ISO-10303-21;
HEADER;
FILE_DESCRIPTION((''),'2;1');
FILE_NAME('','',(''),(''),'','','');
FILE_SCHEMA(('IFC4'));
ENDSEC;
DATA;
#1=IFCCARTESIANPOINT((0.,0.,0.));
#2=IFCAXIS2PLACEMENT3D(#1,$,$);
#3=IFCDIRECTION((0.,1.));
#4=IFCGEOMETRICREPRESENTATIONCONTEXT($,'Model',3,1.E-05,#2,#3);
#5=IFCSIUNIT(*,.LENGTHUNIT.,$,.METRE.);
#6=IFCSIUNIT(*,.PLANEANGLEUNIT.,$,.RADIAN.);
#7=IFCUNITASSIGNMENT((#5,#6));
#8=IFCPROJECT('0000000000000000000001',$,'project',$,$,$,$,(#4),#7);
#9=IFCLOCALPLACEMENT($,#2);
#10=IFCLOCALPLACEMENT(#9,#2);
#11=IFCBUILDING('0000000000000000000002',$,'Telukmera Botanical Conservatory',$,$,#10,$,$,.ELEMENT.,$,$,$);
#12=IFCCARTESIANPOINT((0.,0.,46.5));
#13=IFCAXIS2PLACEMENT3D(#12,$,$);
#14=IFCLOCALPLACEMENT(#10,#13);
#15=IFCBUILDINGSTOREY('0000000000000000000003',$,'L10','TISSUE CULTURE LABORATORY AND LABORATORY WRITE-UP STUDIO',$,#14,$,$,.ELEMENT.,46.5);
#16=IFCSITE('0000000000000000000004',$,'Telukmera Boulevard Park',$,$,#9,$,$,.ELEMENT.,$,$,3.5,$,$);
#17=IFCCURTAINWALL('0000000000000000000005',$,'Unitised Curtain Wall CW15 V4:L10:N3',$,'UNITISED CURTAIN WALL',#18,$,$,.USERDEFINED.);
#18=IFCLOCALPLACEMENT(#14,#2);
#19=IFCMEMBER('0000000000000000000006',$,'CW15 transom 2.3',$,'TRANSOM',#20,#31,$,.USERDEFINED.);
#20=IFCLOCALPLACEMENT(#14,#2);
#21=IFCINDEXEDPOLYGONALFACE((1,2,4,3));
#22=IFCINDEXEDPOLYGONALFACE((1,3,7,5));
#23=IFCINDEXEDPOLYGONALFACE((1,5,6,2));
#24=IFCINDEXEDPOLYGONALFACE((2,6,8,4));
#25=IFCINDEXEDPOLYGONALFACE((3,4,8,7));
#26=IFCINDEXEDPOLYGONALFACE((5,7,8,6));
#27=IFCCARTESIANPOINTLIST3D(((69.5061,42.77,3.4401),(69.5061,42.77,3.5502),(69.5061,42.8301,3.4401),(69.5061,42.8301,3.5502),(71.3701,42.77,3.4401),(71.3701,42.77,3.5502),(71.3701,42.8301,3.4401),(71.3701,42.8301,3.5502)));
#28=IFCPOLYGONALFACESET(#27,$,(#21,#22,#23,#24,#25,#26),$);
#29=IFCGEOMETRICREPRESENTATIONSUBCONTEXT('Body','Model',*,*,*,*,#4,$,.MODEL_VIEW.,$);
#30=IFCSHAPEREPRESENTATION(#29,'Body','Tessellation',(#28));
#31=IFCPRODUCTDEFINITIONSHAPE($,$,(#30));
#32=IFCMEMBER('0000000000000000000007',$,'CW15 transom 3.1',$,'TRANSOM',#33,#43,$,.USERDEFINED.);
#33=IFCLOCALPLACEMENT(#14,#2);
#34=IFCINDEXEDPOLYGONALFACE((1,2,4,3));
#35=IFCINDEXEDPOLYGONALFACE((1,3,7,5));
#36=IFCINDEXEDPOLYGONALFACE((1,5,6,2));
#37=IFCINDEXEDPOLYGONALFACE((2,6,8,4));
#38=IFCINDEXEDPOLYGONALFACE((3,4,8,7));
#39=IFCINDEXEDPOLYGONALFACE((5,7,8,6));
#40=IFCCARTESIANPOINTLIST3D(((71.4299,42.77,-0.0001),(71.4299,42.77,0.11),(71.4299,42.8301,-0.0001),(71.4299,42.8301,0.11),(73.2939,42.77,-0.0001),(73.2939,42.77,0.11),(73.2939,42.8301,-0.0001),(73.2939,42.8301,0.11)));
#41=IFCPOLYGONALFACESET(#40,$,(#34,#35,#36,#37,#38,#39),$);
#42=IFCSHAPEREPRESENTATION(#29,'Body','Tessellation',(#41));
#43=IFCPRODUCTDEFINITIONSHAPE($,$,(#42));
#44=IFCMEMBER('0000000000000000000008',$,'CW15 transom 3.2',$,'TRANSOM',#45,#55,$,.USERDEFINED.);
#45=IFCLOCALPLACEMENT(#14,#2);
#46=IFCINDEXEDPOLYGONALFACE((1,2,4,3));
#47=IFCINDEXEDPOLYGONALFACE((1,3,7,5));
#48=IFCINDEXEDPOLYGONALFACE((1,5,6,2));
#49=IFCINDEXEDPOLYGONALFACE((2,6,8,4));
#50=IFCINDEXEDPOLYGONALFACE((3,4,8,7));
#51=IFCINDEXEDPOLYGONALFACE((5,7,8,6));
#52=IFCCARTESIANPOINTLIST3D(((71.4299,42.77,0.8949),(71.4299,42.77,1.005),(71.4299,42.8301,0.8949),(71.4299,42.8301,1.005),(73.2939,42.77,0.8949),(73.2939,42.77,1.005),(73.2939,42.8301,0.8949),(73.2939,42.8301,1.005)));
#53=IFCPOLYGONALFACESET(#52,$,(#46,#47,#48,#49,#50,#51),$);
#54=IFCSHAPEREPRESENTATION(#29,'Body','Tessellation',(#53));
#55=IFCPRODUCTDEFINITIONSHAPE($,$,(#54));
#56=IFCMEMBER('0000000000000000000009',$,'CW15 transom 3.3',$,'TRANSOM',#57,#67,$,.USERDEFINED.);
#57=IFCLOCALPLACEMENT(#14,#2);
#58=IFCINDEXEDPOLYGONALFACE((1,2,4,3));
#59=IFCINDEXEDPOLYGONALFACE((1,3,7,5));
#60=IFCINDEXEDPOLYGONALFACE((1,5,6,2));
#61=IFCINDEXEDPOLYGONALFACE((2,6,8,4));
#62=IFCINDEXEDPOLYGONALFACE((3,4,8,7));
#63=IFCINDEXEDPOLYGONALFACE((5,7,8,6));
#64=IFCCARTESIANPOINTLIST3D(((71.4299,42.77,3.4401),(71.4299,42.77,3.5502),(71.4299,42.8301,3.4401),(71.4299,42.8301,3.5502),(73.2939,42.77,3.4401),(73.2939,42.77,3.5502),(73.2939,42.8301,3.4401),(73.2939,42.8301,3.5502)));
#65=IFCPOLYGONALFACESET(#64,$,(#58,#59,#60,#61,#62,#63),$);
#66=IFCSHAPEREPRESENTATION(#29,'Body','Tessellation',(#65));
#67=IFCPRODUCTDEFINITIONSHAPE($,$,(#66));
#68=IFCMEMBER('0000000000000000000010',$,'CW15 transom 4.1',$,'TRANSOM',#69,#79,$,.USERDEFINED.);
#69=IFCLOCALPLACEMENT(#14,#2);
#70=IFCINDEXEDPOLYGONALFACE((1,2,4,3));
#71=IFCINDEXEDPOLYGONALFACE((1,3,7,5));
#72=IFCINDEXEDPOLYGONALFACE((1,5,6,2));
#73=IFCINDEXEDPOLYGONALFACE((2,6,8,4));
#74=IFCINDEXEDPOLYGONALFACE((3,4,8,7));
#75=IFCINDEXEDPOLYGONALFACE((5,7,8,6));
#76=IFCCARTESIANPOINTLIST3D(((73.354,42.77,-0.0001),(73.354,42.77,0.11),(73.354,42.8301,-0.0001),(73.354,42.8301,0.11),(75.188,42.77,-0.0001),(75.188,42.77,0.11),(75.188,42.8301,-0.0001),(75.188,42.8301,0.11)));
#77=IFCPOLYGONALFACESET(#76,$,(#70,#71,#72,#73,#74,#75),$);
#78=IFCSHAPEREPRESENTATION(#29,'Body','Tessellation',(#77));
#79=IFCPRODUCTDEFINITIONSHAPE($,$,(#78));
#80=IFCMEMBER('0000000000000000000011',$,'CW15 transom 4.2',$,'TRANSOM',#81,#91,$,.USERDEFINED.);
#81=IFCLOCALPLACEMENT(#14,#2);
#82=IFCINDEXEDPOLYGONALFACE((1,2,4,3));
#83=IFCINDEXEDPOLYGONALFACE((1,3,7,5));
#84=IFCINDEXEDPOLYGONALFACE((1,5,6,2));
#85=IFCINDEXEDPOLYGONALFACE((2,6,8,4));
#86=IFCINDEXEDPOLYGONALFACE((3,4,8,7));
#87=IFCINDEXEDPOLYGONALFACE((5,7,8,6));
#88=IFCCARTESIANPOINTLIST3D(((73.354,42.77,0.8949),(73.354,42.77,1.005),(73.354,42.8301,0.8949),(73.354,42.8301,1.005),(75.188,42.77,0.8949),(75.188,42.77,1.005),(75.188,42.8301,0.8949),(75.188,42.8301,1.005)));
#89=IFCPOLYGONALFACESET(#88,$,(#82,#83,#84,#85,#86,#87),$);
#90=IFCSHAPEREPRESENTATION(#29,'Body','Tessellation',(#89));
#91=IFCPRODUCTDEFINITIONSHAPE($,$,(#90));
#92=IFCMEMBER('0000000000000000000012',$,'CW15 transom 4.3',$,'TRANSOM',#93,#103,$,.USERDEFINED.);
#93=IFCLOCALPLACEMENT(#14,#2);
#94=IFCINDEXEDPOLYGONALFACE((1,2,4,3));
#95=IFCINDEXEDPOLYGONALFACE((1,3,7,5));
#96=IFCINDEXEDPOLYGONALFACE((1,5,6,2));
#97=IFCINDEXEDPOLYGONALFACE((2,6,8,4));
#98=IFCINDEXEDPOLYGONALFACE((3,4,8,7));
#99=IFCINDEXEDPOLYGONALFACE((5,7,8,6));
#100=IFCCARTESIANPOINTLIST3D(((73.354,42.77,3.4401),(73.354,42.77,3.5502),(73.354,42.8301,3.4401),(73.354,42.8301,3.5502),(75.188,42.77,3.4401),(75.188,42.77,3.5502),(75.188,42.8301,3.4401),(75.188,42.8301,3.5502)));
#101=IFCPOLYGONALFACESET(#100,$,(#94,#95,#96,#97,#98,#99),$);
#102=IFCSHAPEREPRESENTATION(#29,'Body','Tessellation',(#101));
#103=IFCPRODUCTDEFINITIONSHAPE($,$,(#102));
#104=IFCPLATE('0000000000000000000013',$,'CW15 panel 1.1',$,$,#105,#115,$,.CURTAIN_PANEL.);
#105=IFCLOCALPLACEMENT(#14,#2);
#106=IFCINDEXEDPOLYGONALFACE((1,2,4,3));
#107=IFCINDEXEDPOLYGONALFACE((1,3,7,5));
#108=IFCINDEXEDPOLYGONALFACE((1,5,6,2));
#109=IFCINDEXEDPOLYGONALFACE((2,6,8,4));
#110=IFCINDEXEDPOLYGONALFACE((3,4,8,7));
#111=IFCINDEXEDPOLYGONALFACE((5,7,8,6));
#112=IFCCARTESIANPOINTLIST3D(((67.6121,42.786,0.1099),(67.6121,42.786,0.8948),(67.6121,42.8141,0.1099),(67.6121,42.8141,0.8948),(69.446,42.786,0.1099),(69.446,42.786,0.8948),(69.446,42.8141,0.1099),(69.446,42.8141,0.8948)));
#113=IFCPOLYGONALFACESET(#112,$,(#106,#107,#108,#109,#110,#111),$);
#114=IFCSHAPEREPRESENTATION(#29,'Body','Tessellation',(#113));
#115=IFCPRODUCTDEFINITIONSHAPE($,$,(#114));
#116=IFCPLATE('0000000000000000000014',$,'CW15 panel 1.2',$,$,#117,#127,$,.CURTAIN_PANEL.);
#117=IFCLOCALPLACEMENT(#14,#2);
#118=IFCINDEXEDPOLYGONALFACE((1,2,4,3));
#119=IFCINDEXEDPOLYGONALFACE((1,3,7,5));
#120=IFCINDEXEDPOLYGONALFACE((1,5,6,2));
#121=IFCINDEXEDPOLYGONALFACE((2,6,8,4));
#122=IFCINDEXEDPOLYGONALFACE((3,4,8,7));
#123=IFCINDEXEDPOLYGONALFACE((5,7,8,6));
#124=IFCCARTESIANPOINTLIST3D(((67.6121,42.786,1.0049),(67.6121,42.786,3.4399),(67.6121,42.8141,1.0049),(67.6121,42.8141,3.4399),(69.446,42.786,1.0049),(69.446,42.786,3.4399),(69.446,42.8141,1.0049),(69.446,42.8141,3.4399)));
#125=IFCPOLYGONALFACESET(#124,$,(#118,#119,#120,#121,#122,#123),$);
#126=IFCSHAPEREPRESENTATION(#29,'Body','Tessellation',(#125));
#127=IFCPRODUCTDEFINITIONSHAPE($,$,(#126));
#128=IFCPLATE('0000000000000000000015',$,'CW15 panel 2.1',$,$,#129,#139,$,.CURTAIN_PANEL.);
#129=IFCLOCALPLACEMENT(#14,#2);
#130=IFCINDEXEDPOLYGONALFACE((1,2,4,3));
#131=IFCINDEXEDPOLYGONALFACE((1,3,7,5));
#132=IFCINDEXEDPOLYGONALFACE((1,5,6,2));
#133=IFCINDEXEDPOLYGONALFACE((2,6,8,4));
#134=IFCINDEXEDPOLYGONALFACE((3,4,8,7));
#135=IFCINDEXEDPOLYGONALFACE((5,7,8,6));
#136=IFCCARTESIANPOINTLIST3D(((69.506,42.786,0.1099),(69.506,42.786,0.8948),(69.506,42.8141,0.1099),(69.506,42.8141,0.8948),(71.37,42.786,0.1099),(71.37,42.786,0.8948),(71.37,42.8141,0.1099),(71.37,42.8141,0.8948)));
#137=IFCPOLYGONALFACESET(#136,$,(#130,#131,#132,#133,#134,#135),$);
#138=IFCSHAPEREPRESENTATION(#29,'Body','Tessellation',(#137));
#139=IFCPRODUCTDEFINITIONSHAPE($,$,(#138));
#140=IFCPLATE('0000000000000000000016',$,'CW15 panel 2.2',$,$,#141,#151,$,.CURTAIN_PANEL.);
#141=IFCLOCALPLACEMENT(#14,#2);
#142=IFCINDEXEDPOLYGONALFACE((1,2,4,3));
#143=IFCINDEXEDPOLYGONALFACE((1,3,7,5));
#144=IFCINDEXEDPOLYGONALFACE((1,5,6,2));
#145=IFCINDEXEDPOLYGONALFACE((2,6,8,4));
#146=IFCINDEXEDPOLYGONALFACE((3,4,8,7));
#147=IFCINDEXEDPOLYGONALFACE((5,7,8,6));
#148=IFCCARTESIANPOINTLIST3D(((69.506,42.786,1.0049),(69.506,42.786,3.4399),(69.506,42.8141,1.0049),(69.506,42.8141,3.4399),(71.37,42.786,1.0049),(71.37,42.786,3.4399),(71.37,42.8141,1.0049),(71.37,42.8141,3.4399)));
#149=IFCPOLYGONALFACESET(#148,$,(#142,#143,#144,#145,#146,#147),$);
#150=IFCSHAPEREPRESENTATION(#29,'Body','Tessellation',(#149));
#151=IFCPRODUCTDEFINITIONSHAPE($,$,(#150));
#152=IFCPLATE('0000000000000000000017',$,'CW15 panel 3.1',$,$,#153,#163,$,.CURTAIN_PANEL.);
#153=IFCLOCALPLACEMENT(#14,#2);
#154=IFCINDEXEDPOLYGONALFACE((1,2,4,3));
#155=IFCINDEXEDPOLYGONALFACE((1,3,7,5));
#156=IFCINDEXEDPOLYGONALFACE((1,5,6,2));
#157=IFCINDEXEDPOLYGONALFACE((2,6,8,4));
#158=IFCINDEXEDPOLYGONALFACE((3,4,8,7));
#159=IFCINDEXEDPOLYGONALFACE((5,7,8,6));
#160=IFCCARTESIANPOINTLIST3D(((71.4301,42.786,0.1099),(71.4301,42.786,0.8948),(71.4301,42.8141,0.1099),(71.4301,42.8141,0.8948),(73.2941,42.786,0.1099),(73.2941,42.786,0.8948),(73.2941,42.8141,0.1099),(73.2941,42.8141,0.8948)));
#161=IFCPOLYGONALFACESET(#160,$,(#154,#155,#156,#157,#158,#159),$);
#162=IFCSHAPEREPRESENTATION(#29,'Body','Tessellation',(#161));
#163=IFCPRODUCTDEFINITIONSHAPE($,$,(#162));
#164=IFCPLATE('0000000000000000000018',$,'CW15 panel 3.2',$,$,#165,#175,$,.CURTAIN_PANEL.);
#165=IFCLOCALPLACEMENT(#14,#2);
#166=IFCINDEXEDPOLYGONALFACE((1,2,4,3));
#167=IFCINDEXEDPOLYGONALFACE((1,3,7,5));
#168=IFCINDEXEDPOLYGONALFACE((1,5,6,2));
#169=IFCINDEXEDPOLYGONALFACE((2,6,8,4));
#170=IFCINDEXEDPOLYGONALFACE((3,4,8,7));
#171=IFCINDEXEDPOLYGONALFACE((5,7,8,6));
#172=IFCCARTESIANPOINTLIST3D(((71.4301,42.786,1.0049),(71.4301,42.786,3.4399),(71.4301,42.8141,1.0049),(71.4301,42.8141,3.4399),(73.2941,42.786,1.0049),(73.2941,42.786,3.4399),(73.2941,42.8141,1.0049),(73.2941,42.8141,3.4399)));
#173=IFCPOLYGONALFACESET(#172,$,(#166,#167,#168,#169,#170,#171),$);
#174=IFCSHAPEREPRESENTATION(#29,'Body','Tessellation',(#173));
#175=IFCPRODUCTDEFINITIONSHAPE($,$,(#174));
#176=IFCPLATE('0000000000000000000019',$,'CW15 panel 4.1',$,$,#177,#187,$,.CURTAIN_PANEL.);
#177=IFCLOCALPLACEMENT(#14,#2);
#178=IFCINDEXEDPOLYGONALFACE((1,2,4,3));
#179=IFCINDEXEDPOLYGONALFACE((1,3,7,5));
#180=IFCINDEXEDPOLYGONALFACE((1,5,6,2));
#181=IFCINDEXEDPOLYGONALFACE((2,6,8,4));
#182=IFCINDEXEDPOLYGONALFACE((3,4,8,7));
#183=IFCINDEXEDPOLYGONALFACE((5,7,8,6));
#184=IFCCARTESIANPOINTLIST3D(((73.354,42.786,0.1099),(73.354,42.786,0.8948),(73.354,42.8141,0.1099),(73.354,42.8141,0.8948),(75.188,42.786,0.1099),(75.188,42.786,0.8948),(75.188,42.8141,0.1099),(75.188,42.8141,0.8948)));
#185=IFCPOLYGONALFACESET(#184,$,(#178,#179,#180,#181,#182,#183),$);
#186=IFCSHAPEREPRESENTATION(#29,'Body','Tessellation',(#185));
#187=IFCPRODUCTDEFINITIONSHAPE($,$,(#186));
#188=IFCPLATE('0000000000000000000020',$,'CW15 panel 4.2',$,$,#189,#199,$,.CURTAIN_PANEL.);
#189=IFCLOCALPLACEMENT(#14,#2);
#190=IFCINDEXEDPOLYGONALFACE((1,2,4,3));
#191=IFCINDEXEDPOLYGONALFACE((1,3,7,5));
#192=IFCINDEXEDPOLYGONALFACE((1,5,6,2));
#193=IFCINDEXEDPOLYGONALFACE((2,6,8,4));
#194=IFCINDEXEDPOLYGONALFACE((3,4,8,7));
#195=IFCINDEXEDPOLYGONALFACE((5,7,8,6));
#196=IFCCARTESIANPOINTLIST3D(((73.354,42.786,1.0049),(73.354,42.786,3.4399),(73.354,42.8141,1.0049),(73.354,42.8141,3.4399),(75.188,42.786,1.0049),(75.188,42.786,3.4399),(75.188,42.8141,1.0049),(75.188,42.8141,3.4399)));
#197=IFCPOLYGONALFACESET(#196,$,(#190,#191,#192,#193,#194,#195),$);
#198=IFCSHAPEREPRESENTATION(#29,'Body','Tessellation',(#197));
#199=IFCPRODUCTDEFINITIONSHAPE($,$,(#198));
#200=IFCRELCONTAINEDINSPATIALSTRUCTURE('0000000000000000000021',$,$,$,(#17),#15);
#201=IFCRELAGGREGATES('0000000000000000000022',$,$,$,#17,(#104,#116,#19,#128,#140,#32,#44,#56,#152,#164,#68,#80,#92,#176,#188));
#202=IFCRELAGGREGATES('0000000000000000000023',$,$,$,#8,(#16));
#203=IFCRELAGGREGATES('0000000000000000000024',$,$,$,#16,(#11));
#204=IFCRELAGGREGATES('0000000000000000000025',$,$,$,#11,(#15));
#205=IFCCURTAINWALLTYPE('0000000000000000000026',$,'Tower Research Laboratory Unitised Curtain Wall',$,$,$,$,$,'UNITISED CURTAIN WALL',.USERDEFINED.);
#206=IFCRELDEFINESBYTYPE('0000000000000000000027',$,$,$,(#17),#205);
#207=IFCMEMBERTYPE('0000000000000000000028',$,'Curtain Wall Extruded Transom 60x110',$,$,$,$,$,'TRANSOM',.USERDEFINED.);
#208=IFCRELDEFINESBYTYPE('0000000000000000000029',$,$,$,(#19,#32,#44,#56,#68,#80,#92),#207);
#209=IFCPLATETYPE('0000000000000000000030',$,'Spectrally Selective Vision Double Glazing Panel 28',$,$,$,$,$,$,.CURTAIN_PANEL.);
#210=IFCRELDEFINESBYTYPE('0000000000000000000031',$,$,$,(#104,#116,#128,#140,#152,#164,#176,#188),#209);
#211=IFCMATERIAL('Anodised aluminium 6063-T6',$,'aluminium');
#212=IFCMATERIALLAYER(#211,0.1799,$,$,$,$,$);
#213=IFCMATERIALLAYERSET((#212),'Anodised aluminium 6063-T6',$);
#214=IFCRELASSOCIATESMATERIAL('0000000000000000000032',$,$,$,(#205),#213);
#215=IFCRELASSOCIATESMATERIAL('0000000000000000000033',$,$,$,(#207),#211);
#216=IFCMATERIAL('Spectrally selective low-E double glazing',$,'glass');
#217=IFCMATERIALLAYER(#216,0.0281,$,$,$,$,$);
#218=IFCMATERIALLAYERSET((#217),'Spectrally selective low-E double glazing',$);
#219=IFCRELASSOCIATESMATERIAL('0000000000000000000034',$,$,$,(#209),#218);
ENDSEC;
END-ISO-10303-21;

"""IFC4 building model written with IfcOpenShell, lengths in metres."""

from ifc_helpers import new_model, si_unit, direction, frame, origin, origin_2d, place, context, subcontext, project, spatial, rectangle, extrude, material, layer, layer_set, material_profile, profile_set, type_object, element, aggregate, save


model = new_model("IFC4")

# Units and contexts
model_context = context("Model", 3, precision=1e-05, world=origin(), true_north=direction((0.0, 1.0)))
body_context = subcontext(model_context, "Body", "Model", "MODEL_VIEW")
ifc_project = project(units=[si_unit("LENGTHUNIT", "METRE"), si_unit("PLANEANGLEUNIT", "RADIAN")], contexts=[model_context])

# Site, building, storey
site_placement = place(None, origin())
site = spatial("IfcSite", under=ifc_project, at=site_placement, Name="Telukmera Boulevard Park", CompositionType="ELEMENT", RefElevation=3.5)
building_placement = place(site_placement, origin())
building = spatial("IfcBuilding", under=site, at=building_placement, Name="Telukmera Botanical Conservatory", CompositionType="ELEMENT")
storey_placement = place(building_placement, frame((0.0, 0.0, 46.5)))
storey = spatial("IfcBuildingStorey", under=building, at=storey_placement, Name="L10", Description="TISSUE CULTURE LABORATORY AND LABORATORY WRITE-UP STUDIO", CompositionType="ELEMENT", Elevation=46.5)

# Curtain wall, members, plates
ifc_material_1 = material(Name="Anodised aluminium 6063-T6", Category="aluminium")
ifc_layer_1 = layer(ifc_material_1, 0.1799)
ifc_layer_set_1 = layer_set([ifc_layer_1], Name="Anodised aluminium 6063-T6")
curtain_wall_type = type_object("IfcCurtainWallType", Name="Tower Research Laboratory Unitised Curtain Wall", ElementType="UNITISED CURTAIN WALL", PredefinedType="USERDEFINED", material=ifc_layer_set_1)
curtain_wall_placement = place(storey_placement, origin())
curtain_wall = element("IfcCurtainWall", 1, at=curtain_wall_placement, inside=storey, type_object=curtain_wall_type, Name="Unitised Curtain Wall CW15 V4:L10:N3", ObjectType="UNITISED CURTAIN WALL", PredefinedType="USERDEFINED")
ifc_material_profile_1 = material_profile(ifc_material_1, rectangle(XDim=0.0601, YDim=0.1101, at=origin_2d()), Name="ALU TRAN 60x110")
ifc_profile_set_1 = profile_set([ifc_material_profile_1], Name="Anodised aluminium 6063-T6")
member_type_1 = type_object("IfcMemberType", Name="Curtain Wall Extruded Transom 60x110", ElementType="TRANSOM", PredefinedType="USERDEFINED", material=ifc_profile_set_1)
member_1_placement = place(storey_placement, frame((69.5061, 42.8, 3.4951), z_axis=(1.0, 0.0, 0.0), x_axis=(0.0, 1.0, 0.0)))
member_1 = element("IfcMember", 2, at=member_1_placement, type_object=member_type_1, Name="CW15 transom 2.3", ObjectType="TRANSOM", PredefinedType="USERDEFINED", context=body_context, shape_type="SweptSolid", body=[
    extrude(rectangle(XDim=0.0601, YDim=0.1101, at=origin_2d()), origin(), (0.0, 0.0, 1.0), 1.864),
])
member_2_placement = place(storey_placement, frame((71.4299, 42.8, 0.0549), z_axis=(1.0, 0.0, 0.0), x_axis=(0.0, 1.0, 0.0)))
member_2 = element("IfcMember", 3, at=member_2_placement, type_object=member_type_1, Name="CW15 transom 3.1", ObjectType="TRANSOM", PredefinedType="USERDEFINED", context=body_context, shape_type="SweptSolid", body=[
    extrude(rectangle(XDim=0.0601, YDim=0.1101, at=origin_2d()), origin(), (0.0, 0.0, 1.0), 1.864),
])
member_3_placement = place(storey_placement, frame((71.4299, 42.8, 0.95), z_axis=(1.0, 0.0, 0.0), x_axis=(0.0, 1.0, 0.0)))
member_3 = element("IfcMember", 4, at=member_3_placement, type_object=member_type_1, Name="CW15 transom 3.2", ObjectType="TRANSOM", PredefinedType="USERDEFINED", context=body_context, shape_type="SweptSolid", body=[
    extrude(rectangle(XDim=0.0601, YDim=0.1101, at=origin_2d()), origin(), (0.0, 0.0, 1.0), 1.864),
])
member_4_placement = place(storey_placement, frame((71.4299, 42.8, 3.4951), z_axis=(1.0, 0.0, 0.0), x_axis=(0.0, 1.0, 0.0)))
member_4 = element("IfcMember", 5, at=member_4_placement, type_object=member_type_1, Name="CW15 transom 3.3", ObjectType="TRANSOM", PredefinedType="USERDEFINED", context=body_context, shape_type="SweptSolid", body=[
    extrude(rectangle(XDim=0.0601, YDim=0.1101, at=origin_2d()), origin(), (0.0, 0.0, 1.0), 1.864),
])
member_5_placement = place(storey_placement, frame((73.354, 42.8, 0.0549), z_axis=(1.0, 0.0, 0.0), x_axis=(0.0, 1.0, 0.0)))
member_5 = element("IfcMember", 6, at=member_5_placement, type_object=member_type_1, Name="CW15 transom 4.1", ObjectType="TRANSOM", PredefinedType="USERDEFINED", context=body_context, shape_type="SweptSolid", body=[
    extrude(rectangle(XDim=0.0601, YDim=0.1101, at=origin_2d()), origin(), (0.0, 0.0, 1.0), 1.834),
])
member_6_placement = place(storey_placement, frame((73.354, 42.8, 0.95), z_axis=(1.0, 0.0, 0.0), x_axis=(0.0, 1.0, 0.0)))
member_6 = element("IfcMember", 7, at=member_6_placement, type_object=member_type_1, Name="CW15 transom 4.2", ObjectType="TRANSOM", PredefinedType="USERDEFINED", context=body_context, shape_type="SweptSolid", body=[
    extrude(rectangle(XDim=0.0601, YDim=0.1101, at=origin_2d()), origin(), (0.0, 0.0, 1.0), 1.834),
])
member_7_placement = place(storey_placement, frame((73.354, 42.8, 3.4951), z_axis=(1.0, 0.0, 0.0), x_axis=(0.0, 1.0, 0.0)))
member_7 = element("IfcMember", 8, at=member_7_placement, type_object=member_type_1, Name="CW15 transom 4.3", ObjectType="TRANSOM", PredefinedType="USERDEFINED", context=body_context, shape_type="SweptSolid", body=[
    extrude(rectangle(XDim=0.0601, YDim=0.1101, at=origin_2d()), origin(), (0.0, 0.0, 1.0), 1.834),
])
ifc_material_2 = material(Name="Spectrally selective low-E double glazing", Category="glass")
ifc_layer_2 = layer(ifc_material_2, 0.0281)
ifc_layer_set_2 = layer_set([ifc_layer_2], Name="Spectrally selective low-E double glazing")
plate_type = type_object("IfcPlateType", Name="Spectrally Selective Vision Double Glazing Panel 28", PredefinedType="CURTAIN_PANEL", material=ifc_layer_set_2)
plate_1_placement = place(storey_placement, frame((68.5291, 42.8, 0.1099), z_axis=(0.0, 0.0, 1.0), x_axis=(1.0, 0.0, 0.0)))
plate_1 = element("IfcPlate", 9, at=plate_1_placement, type_object=plate_type, Name="CW15 panel 1.1", PredefinedType="CURTAIN_PANEL", context=body_context, shape_type="SweptSolid", body=[
    extrude(rectangle(XDim=1.834, YDim=0.0281, at=origin_2d()), origin(), (0.0, 0.0, 1.0), 0.7849),
])
plate_2_placement = place(storey_placement, frame((68.5291, 42.8, 1.0049), z_axis=(0.0, 0.0, 1.0), x_axis=(1.0, 0.0, 0.0)))
plate_2 = element("IfcPlate", 10, at=plate_2_placement, type_object=plate_type, Name="CW15 panel 1.2", PredefinedType="CURTAIN_PANEL", context=body_context, shape_type="SweptSolid", body=[
    extrude(rectangle(XDim=1.834, YDim=0.0281, at=origin_2d()), origin(), (0.0, 0.0, 1.0), 2.4351),
])
plate_3_placement = place(storey_placement, frame((70.438, 42.8, 0.1099), z_axis=(0.0, 0.0, 1.0), x_axis=(1.0, 0.0, 0.0)))
plate_3 = element("IfcPlate", 11, at=plate_3_placement, type_object=plate_type, Name="CW15 panel 2.1", PredefinedType="CURTAIN_PANEL", context=body_context, shape_type="SweptSolid", body=[
    extrude(rectangle(XDim=1.864, YDim=0.0281, at=origin_2d()), origin(), (0.0, 0.0, 1.0), 0.7849),
])
plate_4_placement = place(storey_placement, frame((70.438, 42.8, 1.0049), z_axis=(0.0, 0.0, 1.0), x_axis=(1.0, 0.0, 0.0)))
plate_4 = element("IfcPlate", 12, at=plate_4_placement, type_object=plate_type, Name="CW15 panel 2.2", PredefinedType="CURTAIN_PANEL", context=body_context, shape_type="SweptSolid", body=[
    extrude(rectangle(XDim=1.864, YDim=0.0281, at=origin_2d()), origin(), (0.0, 0.0, 1.0), 2.4351),
])
plate_5_placement = place(storey_placement, frame((72.3621, 42.8, 0.1099), z_axis=(0.0, 0.0, 1.0), x_axis=(1.0, 0.0, 0.0)))
plate_5 = element("IfcPlate", 13, at=plate_5_placement, type_object=plate_type, Name="CW15 panel 3.1", PredefinedType="CURTAIN_PANEL", context=body_context, shape_type="SweptSolid", body=[
    extrude(rectangle(XDim=1.864, YDim=0.0281, at=origin_2d()), origin(), (0.0, 0.0, 1.0), 0.7849),
])
plate_6_placement = place(storey_placement, frame((72.3621, 42.8, 1.0049), z_axis=(0.0, 0.0, 1.0), x_axis=(1.0, 0.0, 0.0)))
plate_6 = element("IfcPlate", 14, at=plate_6_placement, type_object=plate_type, Name="CW15 panel 3.2", PredefinedType="CURTAIN_PANEL", context=body_context, shape_type="SweptSolid", body=[
    extrude(rectangle(XDim=1.864, YDim=0.0281, at=origin_2d()), origin(), (0.0, 0.0, 1.0), 2.4351),
])
plate_7_placement = place(storey_placement, frame((74.271, 42.8, 0.1099), z_axis=(0.0, 0.0, 1.0), x_axis=(1.0, 0.0, 0.0)))
plate_7 = element("IfcPlate", 15, at=plate_7_placement, type_object=plate_type, Name="CW15 panel 4.1", PredefinedType="CURTAIN_PANEL", context=body_context, shape_type="SweptSolid", body=[
    extrude(rectangle(XDim=1.834, YDim=0.0281, at=origin_2d()), origin(), (0.0, 0.0, 1.0), 0.7849),
])
plate_8_placement = place(storey_placement, frame((74.271, 42.8, 1.0049), z_axis=(0.0, 0.0, 1.0), x_axis=(1.0, 0.0, 0.0)))
plate_8 = element("IfcPlate", 16, at=plate_8_placement, type_object=plate_type, Name="CW15 panel 4.2", PredefinedType="CURTAIN_PANEL", context=body_context, shape_type="SweptSolid", body=[
    extrude(rectangle(XDim=1.834, YDim=0.0281, at=origin_2d()), origin(), (0.0, 0.0, 1.0), 2.4351),
])
aggregate(curtain_wall, [plate_1, plate_2, member_1, plate_3, plate_4, member_2, member_3, member_4, plate_5, plate_6, member_5, member_6, member_7, plate_7, plate_8])

save(model, "model.ifc")
